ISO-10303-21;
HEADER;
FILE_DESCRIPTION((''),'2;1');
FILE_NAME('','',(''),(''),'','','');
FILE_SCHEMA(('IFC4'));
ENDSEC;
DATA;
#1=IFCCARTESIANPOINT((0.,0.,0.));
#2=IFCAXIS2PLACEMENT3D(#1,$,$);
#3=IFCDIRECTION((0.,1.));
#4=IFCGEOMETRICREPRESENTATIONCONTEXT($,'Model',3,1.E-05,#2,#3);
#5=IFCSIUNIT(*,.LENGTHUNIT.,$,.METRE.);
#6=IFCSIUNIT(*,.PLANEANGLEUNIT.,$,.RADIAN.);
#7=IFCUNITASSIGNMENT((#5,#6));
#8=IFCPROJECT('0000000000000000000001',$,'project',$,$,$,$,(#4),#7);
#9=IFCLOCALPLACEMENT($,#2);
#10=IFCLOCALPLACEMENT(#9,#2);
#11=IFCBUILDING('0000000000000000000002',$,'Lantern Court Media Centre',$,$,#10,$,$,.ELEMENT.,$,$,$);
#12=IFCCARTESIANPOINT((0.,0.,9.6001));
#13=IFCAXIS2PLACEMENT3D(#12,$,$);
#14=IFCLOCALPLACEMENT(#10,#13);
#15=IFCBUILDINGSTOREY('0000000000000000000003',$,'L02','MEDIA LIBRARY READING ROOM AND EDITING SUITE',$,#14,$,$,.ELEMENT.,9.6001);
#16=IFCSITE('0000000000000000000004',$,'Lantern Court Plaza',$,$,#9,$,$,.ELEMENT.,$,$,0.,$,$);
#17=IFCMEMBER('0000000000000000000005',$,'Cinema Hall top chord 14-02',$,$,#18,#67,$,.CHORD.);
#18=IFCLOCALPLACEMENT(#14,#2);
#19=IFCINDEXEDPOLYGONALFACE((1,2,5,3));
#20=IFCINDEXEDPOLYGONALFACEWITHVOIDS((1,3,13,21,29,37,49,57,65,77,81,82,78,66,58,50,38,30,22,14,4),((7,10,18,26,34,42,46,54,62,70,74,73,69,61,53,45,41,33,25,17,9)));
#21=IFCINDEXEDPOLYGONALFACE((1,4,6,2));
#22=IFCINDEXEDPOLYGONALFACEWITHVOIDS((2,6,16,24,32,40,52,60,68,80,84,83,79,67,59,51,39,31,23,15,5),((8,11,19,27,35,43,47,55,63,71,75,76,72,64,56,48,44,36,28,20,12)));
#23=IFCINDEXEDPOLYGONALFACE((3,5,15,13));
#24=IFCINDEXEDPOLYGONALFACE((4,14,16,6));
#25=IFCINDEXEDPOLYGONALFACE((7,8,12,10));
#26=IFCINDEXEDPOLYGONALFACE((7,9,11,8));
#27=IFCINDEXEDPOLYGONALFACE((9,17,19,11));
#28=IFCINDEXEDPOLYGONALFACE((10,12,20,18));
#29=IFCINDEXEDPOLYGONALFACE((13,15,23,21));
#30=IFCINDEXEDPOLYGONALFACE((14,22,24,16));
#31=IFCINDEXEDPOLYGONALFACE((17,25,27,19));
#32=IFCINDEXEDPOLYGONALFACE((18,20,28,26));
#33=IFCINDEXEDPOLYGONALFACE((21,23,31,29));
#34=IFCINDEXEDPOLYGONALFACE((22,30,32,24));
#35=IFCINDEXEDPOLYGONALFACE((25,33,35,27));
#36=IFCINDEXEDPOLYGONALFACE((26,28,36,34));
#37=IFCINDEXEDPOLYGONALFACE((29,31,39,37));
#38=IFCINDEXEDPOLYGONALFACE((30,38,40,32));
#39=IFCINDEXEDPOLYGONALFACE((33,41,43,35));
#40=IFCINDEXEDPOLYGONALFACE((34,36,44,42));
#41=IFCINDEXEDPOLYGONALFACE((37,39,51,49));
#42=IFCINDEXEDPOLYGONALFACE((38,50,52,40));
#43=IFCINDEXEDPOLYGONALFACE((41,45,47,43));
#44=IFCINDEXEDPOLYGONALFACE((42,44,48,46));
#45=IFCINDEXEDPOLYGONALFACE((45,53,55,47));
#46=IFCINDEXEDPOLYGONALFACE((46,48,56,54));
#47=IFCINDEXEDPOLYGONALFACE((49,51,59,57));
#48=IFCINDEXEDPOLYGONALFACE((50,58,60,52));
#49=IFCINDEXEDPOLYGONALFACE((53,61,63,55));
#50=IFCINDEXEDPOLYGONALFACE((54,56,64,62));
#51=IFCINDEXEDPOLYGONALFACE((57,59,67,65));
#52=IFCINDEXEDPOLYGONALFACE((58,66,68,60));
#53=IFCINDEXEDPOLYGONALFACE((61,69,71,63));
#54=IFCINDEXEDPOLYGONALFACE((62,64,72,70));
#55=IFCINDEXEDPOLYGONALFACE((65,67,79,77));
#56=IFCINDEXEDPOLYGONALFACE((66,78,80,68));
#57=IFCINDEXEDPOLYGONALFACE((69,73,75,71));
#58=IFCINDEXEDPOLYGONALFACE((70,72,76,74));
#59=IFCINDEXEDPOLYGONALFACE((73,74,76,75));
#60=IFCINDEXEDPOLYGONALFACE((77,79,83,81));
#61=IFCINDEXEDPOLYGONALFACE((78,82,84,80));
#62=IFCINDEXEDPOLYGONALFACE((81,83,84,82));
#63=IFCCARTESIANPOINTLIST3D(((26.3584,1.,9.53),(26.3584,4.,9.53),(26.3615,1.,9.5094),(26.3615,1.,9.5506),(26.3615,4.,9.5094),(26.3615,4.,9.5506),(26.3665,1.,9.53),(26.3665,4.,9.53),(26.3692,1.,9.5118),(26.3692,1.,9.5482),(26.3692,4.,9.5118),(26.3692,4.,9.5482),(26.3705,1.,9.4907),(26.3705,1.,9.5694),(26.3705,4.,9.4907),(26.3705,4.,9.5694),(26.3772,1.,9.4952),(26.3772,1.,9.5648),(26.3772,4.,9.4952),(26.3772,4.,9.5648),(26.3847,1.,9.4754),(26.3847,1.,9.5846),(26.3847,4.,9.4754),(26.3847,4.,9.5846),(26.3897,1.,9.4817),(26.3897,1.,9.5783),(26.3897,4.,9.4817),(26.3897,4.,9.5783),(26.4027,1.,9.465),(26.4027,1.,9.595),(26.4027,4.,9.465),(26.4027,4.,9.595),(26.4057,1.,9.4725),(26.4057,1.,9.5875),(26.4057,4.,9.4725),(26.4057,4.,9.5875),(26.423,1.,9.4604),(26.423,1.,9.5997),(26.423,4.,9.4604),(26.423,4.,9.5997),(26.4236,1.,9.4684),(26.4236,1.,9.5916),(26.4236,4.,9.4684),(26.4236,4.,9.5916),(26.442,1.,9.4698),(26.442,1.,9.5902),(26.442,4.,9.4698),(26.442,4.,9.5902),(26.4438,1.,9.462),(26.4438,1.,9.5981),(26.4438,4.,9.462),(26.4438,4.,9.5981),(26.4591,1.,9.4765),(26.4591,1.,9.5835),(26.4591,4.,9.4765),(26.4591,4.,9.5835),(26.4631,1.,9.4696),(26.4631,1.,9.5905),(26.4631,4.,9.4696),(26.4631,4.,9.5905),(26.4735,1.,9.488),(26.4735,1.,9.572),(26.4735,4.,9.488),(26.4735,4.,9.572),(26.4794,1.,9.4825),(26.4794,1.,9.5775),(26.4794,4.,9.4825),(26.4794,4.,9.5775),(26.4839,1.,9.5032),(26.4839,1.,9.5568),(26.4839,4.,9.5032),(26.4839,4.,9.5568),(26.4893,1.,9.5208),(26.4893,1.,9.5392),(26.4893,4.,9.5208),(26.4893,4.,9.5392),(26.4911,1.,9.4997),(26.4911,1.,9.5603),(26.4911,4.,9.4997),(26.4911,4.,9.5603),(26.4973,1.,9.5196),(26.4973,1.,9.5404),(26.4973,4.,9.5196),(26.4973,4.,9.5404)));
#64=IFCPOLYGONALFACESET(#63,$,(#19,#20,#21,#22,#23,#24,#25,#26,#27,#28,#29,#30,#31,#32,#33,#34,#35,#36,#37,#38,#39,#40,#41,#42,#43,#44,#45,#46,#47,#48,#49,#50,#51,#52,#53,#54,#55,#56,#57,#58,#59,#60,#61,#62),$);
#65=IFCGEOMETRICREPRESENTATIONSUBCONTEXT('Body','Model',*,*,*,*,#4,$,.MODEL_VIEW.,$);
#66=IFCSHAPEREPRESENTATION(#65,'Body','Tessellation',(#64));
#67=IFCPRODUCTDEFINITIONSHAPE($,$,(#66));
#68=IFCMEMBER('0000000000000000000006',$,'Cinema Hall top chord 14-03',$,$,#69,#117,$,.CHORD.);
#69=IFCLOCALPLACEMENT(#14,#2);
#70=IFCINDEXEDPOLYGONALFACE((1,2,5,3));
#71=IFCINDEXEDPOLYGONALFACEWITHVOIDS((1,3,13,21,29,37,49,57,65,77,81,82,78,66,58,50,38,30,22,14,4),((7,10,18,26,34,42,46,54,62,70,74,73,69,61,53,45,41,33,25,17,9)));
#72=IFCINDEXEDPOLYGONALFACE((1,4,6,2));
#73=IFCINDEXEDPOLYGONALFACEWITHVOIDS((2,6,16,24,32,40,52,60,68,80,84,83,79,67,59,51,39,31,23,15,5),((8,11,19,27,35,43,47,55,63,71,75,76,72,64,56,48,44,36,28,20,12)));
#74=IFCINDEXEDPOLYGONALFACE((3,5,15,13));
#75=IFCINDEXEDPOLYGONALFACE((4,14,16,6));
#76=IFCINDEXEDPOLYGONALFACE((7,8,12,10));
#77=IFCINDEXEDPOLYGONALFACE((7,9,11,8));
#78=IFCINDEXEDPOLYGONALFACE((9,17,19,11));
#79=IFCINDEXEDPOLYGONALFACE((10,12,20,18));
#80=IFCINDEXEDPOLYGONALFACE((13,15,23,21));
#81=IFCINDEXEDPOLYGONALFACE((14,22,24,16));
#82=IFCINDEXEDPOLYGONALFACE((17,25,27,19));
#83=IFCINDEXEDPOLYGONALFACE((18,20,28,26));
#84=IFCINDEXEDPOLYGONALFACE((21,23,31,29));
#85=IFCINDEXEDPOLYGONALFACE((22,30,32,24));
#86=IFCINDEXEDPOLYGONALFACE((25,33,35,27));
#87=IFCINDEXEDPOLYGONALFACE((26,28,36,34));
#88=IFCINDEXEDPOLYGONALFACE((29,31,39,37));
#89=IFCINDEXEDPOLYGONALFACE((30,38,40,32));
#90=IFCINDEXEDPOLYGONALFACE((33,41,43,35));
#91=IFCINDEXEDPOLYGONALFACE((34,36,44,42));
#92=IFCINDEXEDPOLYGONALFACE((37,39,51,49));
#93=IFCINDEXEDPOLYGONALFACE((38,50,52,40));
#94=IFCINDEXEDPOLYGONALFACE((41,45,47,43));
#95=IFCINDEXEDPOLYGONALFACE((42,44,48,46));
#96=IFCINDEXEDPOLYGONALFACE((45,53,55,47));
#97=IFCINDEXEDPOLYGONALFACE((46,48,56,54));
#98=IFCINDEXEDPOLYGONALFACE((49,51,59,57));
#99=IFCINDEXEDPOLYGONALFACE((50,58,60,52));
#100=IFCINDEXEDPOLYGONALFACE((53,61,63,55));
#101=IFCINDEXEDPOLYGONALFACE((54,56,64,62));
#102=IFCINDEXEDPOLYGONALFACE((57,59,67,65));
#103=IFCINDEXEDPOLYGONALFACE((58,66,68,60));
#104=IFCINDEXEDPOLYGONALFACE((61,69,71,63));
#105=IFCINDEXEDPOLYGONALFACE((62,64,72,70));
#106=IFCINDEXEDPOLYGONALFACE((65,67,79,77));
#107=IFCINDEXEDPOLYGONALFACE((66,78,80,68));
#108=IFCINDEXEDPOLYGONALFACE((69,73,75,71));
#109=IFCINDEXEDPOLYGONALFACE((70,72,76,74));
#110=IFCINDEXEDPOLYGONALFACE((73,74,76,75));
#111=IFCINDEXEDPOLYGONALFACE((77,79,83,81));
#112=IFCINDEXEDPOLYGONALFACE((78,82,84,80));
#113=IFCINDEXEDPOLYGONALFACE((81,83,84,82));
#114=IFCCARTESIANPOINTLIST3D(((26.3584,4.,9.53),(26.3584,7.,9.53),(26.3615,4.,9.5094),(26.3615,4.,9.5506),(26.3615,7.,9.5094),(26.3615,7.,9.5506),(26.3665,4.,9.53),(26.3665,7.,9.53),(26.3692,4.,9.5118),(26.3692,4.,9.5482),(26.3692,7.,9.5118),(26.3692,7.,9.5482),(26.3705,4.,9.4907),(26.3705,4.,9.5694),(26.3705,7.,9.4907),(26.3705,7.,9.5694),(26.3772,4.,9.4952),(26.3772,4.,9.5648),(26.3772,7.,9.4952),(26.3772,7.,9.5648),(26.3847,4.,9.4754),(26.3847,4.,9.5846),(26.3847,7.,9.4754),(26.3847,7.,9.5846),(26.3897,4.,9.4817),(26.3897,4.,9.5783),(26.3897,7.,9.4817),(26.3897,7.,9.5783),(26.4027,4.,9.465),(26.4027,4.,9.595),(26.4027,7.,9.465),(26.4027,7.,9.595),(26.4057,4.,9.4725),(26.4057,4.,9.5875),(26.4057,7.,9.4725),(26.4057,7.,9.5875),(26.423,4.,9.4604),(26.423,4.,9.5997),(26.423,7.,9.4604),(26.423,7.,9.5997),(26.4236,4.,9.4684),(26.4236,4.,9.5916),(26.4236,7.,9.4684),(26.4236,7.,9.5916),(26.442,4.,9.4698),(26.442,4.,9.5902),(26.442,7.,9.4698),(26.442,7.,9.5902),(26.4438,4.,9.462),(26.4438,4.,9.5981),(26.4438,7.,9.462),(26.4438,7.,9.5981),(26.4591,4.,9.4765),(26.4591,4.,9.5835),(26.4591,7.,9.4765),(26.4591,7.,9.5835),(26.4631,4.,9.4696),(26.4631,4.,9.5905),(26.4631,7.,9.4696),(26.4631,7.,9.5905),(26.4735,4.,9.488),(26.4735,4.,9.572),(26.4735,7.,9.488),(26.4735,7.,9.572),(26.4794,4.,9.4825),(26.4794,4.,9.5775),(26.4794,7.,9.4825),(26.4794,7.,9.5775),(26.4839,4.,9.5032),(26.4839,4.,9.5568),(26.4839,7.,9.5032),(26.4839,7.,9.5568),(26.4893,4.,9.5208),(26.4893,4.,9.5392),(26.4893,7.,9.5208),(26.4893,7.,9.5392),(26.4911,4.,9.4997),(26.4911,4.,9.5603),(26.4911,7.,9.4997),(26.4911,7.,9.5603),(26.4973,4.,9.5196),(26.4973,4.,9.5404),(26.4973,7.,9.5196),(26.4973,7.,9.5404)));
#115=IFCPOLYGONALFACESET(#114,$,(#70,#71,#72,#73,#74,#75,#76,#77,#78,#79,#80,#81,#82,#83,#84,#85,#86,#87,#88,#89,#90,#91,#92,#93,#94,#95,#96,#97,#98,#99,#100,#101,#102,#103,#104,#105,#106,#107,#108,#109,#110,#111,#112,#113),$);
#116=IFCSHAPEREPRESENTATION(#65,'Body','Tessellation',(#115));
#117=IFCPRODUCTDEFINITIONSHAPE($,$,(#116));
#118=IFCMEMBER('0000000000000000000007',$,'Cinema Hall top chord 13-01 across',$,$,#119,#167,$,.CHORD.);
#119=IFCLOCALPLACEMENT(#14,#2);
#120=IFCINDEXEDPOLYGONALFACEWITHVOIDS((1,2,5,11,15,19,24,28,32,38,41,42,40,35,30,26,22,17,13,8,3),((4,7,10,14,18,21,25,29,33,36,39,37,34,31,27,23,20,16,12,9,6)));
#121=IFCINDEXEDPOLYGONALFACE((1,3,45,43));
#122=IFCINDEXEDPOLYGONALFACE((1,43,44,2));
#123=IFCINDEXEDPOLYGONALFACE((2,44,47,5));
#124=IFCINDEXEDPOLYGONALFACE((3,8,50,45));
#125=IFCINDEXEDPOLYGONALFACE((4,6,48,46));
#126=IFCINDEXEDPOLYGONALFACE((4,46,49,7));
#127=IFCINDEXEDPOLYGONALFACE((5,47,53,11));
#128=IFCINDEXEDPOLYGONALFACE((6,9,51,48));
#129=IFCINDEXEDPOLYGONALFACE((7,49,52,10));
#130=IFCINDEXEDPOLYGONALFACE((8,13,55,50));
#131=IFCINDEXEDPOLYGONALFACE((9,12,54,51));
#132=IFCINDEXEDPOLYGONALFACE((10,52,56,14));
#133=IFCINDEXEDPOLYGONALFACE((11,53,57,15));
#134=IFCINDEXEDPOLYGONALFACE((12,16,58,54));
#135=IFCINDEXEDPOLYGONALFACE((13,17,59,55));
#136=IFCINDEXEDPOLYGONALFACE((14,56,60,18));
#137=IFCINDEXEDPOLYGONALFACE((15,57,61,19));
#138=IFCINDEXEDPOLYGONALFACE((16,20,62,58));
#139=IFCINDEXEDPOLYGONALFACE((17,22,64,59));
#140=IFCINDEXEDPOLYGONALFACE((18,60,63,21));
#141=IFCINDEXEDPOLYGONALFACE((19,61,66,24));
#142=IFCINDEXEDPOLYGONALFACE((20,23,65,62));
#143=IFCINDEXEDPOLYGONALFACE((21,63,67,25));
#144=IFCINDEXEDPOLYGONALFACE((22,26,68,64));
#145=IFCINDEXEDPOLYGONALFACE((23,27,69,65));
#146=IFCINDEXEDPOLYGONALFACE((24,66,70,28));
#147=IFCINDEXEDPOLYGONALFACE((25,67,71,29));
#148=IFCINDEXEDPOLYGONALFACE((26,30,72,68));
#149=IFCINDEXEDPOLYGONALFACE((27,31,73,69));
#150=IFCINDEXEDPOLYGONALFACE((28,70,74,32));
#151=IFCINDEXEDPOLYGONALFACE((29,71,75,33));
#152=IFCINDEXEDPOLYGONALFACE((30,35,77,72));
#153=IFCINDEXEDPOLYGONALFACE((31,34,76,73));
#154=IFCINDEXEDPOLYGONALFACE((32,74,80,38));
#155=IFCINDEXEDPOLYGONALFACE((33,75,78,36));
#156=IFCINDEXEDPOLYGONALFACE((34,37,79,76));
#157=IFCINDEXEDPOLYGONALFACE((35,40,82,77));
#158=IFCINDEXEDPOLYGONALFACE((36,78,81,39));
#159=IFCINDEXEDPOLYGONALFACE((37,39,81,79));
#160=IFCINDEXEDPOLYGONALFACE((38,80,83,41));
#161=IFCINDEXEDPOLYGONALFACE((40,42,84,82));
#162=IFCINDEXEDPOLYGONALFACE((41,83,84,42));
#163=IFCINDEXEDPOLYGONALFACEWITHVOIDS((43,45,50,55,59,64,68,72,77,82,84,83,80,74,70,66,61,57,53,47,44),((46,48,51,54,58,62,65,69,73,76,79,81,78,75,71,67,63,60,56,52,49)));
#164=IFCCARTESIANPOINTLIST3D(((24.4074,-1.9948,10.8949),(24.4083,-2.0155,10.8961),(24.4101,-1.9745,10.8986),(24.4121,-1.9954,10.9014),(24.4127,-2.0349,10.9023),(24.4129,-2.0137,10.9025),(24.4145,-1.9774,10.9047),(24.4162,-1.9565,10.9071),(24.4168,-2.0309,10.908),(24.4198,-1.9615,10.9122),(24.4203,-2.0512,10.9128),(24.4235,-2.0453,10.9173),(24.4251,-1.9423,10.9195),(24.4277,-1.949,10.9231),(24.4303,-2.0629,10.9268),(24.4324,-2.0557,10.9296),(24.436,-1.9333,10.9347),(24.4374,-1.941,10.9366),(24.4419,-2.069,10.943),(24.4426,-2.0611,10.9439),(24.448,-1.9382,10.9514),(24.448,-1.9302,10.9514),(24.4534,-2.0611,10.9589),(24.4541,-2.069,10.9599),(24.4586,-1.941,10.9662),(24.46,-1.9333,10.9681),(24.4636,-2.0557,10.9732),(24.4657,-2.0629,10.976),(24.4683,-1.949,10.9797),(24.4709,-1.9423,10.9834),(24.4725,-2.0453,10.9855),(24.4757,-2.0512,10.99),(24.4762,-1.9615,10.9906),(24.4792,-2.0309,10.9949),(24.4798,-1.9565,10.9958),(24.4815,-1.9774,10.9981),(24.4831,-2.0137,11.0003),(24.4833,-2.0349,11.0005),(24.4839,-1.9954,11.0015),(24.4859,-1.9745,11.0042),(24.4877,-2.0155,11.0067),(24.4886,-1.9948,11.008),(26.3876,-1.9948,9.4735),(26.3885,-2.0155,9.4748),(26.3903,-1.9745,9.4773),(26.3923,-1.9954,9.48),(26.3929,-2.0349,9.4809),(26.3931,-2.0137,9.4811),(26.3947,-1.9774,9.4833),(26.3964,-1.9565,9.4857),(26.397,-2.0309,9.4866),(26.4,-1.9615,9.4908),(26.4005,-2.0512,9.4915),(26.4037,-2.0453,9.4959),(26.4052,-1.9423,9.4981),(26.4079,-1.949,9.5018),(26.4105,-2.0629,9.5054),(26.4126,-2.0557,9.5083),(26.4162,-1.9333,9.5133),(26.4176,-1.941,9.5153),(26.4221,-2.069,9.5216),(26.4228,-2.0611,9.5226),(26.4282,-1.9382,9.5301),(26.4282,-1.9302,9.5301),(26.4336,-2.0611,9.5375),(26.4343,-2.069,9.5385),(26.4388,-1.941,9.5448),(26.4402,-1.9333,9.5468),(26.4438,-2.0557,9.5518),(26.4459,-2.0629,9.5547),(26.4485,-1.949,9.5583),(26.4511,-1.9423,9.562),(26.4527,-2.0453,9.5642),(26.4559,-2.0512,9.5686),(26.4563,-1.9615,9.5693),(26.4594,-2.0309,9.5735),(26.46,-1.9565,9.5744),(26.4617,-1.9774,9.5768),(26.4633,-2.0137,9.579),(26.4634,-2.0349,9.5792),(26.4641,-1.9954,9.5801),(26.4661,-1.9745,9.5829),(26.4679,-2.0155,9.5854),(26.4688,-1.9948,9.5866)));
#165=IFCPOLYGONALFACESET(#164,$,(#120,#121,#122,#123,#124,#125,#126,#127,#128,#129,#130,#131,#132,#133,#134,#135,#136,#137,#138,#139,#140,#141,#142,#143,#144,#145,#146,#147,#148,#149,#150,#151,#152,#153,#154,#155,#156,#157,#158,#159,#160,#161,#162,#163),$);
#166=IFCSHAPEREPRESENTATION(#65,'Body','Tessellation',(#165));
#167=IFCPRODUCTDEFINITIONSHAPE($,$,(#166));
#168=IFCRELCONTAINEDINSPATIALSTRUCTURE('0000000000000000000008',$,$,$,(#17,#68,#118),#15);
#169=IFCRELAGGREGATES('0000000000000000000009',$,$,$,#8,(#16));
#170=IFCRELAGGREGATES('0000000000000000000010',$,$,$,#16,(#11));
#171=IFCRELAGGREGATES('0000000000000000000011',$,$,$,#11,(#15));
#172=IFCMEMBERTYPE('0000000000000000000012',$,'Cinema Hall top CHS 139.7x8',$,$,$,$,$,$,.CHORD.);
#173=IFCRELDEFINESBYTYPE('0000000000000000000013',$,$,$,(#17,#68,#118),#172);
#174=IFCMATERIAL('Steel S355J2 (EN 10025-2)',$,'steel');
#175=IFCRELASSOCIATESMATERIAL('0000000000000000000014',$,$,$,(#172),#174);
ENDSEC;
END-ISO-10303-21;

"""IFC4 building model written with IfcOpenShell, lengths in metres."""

from ifc_helpers import new_model, si_unit, direction, frame, origin, origin_2d, place, context, subcontext, project, spatial, hollow_circle, extrude, material, material_profile, profile_set, type_object, element, save


model = new_model("IFC4")

# Units and contexts
model_context = context("Model", 3, precision=1e-05, world=origin(), true_north=direction((0.0, 1.0)))
body_context = subcontext(model_context, "Body", "Model", "MODEL_VIEW")
ifc_project = project(units=[si_unit("LENGTHUNIT", "METRE"), si_unit("PLANEANGLEUNIT", "RADIAN")], contexts=[model_context])

# Site, building, storey
site_placement = place(None, origin())
site = spatial("IfcSite", under=ifc_project, at=site_placement, Name="Lantern Court Plaza", CompositionType="ELEMENT", RefElevation=0.0)
building_placement = place(site_placement, origin())
building = spatial("IfcBuilding", under=site, at=building_placement, Name="Lantern Court Media Centre", CompositionType="ELEMENT")
storey_placement = place(building_placement, frame((0.0, 0.0, 9.6001)))
storey = spatial("IfcBuildingStorey", under=building, at=storey_placement, Name="L02", Description="MEDIA LIBRARY READING ROOM AND EDITING SUITE", CompositionType="ELEMENT", Elevation=9.6001)

# Members
ifc_material = material(Name="Steel S355J2 (EN 10025-2)", Category="steel")
ifc_material_profile_1 = material_profile(ifc_material, hollow_circle(Radius=0.0698, WallThickness=0.0081, at=origin_2d()), Name="Cinema Hall top CHS 139.7x8")
ifc_profile_set_1 = profile_set([ifc_material_profile_1], Name="Steel S355J2 (EN 10025-2)")
member_type_1 = type_object("IfcMemberType", Name="Cinema Hall top CHS 139.7x8", PredefinedType="CHORD", material=ifc_profile_set_1)
for number, where, z_axis, x_axis, name in (
    (1, (26.4282, 1.0, 9.53), (0.0, 1.0, 0.0), (-1.0, 0.0, 0.0), "Cinema Hall top chord 14-02"),
    (2, (26.4282, 4.0, 9.53), (0.0, 1.0, 0.0), (-1.0, 0.0, 0.0), "Cinema Hall top chord 14-03"),
):
    element("IfcMember", number, at=place(storey_placement, frame(where, z_axis=z_axis, x_axis=x_axis)), inside=storey, type_object=member_type_1, Name=name, PredefinedType="CHORD", context=body_context, shape_type="SweptSolid", body=[
        extrude(hollow_circle(Radius=0.0698, WallThickness=0.0081, at=origin_2d()), origin(), (0.0, 0.0, 1.0), 3.0),
    ])
for number, where, z_axis, x_axis, name in (
    (3, (24.448, -2.0, 10.9514), (0.812385, 0.0, -0.583122), (0.0, 1.0, 0.0), "Cinema Hall top chord 13-01 across"),
):
    element("IfcMember", number, at=place(storey_placement, frame(where, z_axis=z_axis, x_axis=x_axis)), inside=storey, type_object=member_type_1, Name=name, PredefinedType="CHORD", context=body_context, shape_type="SweptSolid", body=[
        extrude(hollow_circle(Radius=0.0698, WallThickness=0.0081, at=origin_2d()), origin(), (0.0, 0.0, 1.0), 2.4375),
    ])

save(model, "model.ifc")
